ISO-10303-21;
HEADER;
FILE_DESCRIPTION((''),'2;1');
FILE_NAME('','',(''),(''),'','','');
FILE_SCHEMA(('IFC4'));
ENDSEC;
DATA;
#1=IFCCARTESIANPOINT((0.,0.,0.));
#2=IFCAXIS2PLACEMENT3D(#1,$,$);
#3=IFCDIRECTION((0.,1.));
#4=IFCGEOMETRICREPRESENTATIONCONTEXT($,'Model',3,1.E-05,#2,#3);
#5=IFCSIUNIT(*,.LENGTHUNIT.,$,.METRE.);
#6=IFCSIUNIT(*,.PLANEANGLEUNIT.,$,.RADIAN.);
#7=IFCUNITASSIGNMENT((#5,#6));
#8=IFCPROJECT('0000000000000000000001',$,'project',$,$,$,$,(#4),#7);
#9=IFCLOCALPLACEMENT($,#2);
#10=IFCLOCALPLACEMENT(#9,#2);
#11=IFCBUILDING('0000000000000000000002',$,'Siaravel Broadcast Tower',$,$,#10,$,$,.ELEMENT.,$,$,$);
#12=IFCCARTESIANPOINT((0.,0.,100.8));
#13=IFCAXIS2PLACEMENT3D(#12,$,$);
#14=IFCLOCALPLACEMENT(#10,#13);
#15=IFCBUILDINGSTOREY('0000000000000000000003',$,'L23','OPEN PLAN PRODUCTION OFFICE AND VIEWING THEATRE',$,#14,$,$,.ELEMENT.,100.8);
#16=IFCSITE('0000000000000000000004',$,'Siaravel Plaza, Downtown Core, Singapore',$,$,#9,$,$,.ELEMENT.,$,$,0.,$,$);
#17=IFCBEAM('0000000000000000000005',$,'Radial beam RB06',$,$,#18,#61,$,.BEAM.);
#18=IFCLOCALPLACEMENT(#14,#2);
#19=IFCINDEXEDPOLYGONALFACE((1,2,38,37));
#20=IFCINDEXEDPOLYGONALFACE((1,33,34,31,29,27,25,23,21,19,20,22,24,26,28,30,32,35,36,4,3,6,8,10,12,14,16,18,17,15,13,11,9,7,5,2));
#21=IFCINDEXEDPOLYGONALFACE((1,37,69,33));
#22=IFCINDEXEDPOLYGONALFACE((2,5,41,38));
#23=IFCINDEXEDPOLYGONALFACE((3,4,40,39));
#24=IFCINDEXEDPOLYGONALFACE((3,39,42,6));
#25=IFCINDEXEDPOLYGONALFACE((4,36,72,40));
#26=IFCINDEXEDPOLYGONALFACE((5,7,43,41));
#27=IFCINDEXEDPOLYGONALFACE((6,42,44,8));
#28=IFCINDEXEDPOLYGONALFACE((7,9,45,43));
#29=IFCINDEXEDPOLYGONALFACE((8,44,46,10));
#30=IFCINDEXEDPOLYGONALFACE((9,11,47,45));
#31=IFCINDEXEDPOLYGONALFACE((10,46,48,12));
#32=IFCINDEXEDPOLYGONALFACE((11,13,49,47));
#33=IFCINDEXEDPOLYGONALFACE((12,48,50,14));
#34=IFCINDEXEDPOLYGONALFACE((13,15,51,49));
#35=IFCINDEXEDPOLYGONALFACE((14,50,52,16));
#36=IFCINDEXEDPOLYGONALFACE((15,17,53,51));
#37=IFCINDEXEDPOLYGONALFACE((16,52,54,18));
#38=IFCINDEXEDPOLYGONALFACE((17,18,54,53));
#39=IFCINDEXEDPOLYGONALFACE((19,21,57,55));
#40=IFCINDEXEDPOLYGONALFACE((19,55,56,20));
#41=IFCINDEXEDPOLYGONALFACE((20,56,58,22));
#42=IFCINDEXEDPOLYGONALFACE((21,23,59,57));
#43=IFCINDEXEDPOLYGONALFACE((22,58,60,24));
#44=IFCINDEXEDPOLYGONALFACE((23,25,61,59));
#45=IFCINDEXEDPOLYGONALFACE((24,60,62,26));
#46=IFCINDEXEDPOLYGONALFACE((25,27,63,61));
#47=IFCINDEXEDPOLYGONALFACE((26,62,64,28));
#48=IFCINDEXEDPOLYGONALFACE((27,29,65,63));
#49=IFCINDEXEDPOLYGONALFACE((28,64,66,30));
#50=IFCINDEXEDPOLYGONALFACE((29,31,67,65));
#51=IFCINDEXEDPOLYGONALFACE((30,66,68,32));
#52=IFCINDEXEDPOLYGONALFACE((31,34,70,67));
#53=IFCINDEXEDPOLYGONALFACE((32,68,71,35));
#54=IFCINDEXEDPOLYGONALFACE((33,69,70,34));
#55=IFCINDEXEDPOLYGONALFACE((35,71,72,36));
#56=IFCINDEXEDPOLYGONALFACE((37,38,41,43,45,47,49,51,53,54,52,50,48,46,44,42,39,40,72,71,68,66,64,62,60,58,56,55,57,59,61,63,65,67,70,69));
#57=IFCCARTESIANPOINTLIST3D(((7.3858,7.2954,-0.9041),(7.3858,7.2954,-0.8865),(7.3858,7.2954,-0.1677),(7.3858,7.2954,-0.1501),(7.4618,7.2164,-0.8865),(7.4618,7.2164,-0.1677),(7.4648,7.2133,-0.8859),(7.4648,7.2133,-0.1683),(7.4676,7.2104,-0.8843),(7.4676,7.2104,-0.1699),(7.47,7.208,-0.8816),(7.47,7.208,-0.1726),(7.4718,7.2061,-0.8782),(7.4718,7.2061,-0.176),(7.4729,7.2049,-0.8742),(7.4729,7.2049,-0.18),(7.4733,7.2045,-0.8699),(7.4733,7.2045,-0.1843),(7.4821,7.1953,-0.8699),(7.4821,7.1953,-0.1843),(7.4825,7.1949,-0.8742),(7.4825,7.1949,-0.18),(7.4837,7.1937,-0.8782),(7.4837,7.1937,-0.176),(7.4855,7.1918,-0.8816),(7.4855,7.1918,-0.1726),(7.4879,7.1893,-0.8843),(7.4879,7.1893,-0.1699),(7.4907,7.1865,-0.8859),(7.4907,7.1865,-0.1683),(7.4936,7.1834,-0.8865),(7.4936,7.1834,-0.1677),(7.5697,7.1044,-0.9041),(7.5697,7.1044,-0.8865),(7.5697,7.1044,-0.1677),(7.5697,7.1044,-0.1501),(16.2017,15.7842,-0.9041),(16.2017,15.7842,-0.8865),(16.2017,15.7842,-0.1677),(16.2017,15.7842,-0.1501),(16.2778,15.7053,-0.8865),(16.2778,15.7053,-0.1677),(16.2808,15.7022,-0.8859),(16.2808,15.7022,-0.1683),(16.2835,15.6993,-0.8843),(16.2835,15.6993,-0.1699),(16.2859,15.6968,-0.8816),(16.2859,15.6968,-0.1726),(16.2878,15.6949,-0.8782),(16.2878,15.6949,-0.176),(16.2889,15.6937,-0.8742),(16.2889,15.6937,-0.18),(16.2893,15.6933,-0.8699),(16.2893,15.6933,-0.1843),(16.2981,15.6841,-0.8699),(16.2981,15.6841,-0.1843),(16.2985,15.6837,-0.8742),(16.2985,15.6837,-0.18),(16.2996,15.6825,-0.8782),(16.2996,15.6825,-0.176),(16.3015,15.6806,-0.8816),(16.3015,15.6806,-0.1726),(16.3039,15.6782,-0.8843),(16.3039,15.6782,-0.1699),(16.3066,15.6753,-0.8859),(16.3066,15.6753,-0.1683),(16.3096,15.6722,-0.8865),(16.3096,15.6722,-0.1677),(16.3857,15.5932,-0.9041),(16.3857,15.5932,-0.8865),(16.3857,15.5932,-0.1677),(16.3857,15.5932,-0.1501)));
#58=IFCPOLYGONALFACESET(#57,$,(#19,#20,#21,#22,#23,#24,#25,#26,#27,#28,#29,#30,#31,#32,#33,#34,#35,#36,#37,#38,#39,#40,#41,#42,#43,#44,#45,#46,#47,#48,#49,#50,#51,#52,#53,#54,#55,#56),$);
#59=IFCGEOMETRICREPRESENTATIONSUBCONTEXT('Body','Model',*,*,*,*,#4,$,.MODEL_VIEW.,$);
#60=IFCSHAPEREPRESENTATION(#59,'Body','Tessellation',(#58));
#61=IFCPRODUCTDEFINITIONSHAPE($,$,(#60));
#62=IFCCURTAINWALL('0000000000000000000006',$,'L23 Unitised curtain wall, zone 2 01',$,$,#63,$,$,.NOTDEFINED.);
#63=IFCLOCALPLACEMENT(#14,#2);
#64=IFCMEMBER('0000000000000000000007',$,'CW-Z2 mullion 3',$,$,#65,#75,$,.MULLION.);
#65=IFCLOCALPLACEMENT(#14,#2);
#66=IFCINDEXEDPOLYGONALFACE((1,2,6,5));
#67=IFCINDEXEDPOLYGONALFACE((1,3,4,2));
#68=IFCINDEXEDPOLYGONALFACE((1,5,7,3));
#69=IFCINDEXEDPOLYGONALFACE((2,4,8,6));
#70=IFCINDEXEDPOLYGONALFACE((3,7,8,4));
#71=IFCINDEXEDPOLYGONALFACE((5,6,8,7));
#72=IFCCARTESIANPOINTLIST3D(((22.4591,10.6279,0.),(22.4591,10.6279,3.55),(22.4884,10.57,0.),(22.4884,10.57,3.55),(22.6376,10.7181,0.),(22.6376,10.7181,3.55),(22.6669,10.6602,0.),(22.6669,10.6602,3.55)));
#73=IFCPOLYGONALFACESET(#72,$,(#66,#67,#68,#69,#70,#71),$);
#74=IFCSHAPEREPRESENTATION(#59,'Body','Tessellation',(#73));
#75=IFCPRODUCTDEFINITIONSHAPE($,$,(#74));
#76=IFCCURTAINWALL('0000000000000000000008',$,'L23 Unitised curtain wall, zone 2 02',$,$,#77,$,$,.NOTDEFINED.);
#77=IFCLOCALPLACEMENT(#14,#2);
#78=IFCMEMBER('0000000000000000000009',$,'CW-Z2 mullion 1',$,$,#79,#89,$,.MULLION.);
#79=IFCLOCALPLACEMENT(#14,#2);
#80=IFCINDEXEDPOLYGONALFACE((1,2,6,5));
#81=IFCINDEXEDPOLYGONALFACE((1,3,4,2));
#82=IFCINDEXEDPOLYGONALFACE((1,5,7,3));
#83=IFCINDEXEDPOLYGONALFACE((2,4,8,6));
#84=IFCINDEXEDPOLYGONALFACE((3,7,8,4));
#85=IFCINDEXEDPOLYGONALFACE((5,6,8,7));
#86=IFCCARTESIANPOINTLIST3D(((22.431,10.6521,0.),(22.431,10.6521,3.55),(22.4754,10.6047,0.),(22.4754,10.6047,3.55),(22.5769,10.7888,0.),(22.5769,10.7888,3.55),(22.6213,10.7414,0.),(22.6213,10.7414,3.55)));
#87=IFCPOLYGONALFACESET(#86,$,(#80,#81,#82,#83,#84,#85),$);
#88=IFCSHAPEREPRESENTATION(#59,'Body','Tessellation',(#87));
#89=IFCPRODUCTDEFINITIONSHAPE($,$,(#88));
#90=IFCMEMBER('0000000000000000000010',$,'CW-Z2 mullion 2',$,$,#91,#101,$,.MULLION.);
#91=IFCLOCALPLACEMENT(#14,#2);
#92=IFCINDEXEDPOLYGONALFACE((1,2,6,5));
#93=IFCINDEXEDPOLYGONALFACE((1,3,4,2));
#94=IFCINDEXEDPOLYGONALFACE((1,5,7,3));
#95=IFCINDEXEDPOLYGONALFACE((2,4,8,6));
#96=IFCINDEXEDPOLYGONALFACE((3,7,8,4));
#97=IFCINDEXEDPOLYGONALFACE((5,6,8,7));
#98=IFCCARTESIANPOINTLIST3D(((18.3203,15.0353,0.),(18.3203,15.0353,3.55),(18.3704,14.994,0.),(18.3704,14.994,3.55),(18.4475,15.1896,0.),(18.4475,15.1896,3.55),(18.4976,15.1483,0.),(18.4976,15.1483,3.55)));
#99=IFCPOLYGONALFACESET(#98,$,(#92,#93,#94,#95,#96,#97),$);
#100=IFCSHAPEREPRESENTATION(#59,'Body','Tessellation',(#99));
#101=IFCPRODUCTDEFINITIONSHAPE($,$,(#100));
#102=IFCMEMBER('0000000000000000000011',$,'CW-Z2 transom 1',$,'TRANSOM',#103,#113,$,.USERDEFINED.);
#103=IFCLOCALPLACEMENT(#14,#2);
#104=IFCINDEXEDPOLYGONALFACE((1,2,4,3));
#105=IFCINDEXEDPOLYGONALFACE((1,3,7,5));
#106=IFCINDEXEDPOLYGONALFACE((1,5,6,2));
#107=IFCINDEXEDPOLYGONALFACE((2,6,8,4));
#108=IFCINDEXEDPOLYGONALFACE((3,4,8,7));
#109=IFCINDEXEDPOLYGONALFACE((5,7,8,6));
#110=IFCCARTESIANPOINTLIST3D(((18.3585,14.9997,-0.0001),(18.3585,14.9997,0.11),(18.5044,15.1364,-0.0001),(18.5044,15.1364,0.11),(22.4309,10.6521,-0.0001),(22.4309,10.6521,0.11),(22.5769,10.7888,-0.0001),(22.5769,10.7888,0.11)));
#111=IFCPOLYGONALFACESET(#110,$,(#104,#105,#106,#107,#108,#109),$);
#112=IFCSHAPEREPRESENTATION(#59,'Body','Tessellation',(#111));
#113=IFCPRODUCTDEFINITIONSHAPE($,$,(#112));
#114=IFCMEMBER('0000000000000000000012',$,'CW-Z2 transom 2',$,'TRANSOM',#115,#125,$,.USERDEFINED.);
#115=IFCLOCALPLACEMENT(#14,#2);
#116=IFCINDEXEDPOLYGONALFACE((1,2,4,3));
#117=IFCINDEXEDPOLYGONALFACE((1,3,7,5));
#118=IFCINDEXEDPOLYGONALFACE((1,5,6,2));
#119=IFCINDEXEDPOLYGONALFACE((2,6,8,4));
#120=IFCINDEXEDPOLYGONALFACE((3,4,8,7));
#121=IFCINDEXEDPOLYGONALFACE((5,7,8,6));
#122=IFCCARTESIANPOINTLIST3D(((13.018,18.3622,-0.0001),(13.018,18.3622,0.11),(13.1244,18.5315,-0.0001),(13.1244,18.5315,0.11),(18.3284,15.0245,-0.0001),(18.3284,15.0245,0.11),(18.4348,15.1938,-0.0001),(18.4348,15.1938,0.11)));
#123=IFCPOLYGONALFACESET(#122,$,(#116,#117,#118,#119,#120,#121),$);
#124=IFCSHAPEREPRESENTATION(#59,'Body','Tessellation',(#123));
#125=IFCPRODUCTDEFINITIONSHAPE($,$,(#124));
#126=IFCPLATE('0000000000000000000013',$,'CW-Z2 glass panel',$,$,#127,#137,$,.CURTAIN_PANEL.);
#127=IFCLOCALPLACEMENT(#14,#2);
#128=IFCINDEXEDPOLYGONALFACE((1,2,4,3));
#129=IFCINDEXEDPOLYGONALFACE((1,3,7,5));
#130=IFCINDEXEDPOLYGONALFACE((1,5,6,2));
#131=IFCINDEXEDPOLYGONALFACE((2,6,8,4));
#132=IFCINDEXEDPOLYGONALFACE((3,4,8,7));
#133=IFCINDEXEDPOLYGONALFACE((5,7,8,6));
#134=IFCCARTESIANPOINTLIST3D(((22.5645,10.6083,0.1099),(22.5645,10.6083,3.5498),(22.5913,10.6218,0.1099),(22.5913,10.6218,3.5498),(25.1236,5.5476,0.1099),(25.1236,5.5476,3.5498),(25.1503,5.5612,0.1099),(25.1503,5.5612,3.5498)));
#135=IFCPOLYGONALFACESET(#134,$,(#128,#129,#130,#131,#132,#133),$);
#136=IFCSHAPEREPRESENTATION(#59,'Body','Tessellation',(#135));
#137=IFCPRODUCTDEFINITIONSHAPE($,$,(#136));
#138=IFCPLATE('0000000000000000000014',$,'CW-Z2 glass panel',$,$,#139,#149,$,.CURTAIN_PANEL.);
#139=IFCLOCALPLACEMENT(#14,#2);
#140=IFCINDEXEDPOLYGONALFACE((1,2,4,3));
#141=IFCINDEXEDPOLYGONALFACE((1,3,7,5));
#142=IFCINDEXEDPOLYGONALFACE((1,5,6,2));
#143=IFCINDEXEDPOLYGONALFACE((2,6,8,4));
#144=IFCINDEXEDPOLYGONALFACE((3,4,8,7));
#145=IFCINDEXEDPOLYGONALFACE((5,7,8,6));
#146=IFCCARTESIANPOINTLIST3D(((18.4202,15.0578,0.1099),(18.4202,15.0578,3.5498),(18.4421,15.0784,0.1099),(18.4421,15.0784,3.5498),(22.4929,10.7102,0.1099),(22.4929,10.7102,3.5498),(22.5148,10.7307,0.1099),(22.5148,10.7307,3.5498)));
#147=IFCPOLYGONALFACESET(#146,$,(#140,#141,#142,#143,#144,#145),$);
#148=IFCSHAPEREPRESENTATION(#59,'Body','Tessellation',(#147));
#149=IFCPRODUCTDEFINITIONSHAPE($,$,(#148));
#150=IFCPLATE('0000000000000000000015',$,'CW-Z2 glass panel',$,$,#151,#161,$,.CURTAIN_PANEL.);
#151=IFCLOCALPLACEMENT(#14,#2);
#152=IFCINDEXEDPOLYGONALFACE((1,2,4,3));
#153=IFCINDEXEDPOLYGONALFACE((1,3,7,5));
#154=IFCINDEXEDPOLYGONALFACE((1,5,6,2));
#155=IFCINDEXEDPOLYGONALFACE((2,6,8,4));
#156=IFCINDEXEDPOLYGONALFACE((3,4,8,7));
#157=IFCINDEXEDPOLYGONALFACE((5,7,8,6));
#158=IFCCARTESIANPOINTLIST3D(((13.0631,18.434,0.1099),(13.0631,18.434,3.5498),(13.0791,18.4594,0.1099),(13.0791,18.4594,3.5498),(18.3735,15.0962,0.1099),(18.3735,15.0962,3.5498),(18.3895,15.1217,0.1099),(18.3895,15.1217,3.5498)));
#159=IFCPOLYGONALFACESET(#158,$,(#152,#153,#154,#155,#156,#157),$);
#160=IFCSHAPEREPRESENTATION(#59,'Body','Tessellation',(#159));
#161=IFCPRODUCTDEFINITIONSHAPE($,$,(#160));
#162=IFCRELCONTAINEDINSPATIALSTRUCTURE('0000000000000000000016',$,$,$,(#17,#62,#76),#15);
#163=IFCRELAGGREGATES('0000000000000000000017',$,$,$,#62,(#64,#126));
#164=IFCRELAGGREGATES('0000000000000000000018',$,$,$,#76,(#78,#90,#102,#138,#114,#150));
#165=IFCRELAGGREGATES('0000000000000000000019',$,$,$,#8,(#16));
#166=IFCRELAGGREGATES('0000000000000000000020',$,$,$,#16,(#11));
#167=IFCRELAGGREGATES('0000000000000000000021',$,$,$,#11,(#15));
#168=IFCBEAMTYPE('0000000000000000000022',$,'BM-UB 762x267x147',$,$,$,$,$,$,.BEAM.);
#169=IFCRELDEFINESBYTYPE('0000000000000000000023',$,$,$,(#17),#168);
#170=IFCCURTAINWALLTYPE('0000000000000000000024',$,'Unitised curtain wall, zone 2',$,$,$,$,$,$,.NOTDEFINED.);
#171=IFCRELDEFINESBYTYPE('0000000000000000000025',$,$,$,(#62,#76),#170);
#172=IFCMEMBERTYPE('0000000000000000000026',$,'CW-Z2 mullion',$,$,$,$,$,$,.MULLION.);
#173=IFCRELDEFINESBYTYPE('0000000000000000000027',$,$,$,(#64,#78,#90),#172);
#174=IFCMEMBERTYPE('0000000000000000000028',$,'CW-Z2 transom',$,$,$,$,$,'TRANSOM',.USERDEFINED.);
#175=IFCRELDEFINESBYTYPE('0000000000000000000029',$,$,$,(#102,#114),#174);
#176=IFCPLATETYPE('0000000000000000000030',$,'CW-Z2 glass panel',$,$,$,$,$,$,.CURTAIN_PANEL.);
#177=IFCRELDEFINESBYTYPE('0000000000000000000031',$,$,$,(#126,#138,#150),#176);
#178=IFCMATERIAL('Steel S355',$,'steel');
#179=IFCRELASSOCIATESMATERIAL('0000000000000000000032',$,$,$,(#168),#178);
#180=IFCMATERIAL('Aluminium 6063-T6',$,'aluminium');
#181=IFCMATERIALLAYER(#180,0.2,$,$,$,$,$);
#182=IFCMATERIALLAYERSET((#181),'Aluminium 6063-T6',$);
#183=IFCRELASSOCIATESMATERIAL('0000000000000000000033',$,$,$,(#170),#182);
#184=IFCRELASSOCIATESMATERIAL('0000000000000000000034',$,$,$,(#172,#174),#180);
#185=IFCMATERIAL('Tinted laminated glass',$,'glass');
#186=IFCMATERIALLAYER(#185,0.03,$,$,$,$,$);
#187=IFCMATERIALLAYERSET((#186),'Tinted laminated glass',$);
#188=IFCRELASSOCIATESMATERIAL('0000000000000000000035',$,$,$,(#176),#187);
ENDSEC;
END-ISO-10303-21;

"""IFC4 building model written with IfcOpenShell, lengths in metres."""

from ifc_helpers import new_model, si_unit, direction, frame, origin, origin_2d, place, context, subcontext, project, spatial, rectangle, i_section, extrude, material, layer, layer_set, material_profile, profile_set, type_object, element, aggregate, save


model = new_model("IFC4")

# Units and contexts
model_context = context("Model", 3, precision=1e-05, world=origin(), true_north=direction((0.0, 1.0)))
body_context = subcontext(model_context, "Body", "Model", "MODEL_VIEW")
ifc_project = project(units=[si_unit("LENGTHUNIT", "METRE"), si_unit("PLANEANGLEUNIT", "RADIAN")], contexts=[model_context])

# Site, building, storey
site_placement = place(None, origin())
site = spatial("IfcSite", under=ifc_project, at=site_placement, Name="Siaravel Plaza, Downtown Core, Singapore", CompositionType="ELEMENT", RefElevation=0.0)
building_placement = place(site_placement, origin())
building = spatial("IfcBuilding", under=site, at=building_placement, Name="Siaravel Broadcast Tower", CompositionType="ELEMENT")
storey_placement = place(building_placement, frame((0.0, 0.0, 100.8)))
storey = spatial("IfcBuildingStorey", under=building, at=storey_placement, Name="L23", Description="OPEN PLAN PRODUCTION OFFICE AND VIEWING THEATRE", CompositionType="ELEMENT", Elevation=100.8)

# Beam
ifc_material_1 = material(Name="Steel S355", Category="steel")
ifc_material_profile_1 = material_profile(ifc_material_1, i_section(OverallWidth=0.2651, OverallDepth=0.7539, WebThickness=0.0127, FlangeThickness=0.0176, FilletRadius=0.0166, at=origin_2d()))
ifc_profile_set_1 = profile_set([ifc_material_profile_1], Name="Steel S355")
beam_type = type_object("IfcBeamType", Name="BM-UB 762x267x147", PredefinedType="BEAM", material=ifc_profile_set_1)
beam_1_placement = place(storey_placement, frame((16.2937, 15.6887, -0.5271), z_axis=(-0.720346, -0.693615, 0.0), x_axis=(0.693615, -0.720346, 0.0)))
element("IfcBeam", 1, at=beam_1_placement, inside=storey, type_object=beam_type, Name="Radial beam RB06", PredefinedType="BEAM", context=body_context, shape_type="SweptSolid", body=[
    extrude(i_section(OverallWidth=0.2651, OverallDepth=0.7539, WebThickness=0.0127, FlangeThickness=0.0176, FilletRadius=0.0166, at=origin_2d()), origin(), (0.0, 0.0, 1.0), 12.2385),
])

# Curtain wall, member
ifc_material_2 = material(Name="Aluminium 6063-T6", Category="aluminium")
ifc_layer_1 = layer(ifc_material_2, 0.2)
ifc_layer_set_1 = layer_set([ifc_layer_1], Name="Aluminium 6063-T6")
curtain_wall_type = type_object("IfcCurtainWallType", Name="Unitised curtain wall, zone 2", PredefinedType="NOTDEFINED", material=ifc_layer_set_1)
curtain_wall_1_placement = place(storey_placement, origin())
curtain_wall_1 = element("IfcCurtainWall", 2, at=curtain_wall_1_placement, inside=storey, type_object=curtain_wall_type, Name="L23 Unitised curtain wall, zone 2 01", PredefinedType="NOTDEFINED")
ifc_material_profile_2 = material_profile(ifc_material_2, rectangle(XDim=0.2, YDim=0.0649, at=origin_2d()))
ifc_profile_set_2 = profile_set([ifc_material_profile_2], Name="Aluminium 6063-T6")
member_type_1 = type_object("IfcMemberType", Name="CW-Z2 mullion", PredefinedType="MULLION", material=ifc_profile_set_2)
member_1_placement = place(storey_placement, frame((22.563, 10.644, 0.0), z_axis=(0.0, 0.0, 1.0), x_axis=(-0.892392, -0.451261, 0.0)))
member_1 = element("IfcMember", 3, at=member_1_placement, type_object=member_type_1, Name="CW-Z2 mullion 3", PredefinedType="MULLION", context=body_context, shape_type="SweptSolid", body=[
    extrude(rectangle(XDim=0.2, YDim=0.0649, at=origin_2d()), origin(), (0.0, 0.0, 1.0), 3.55),
])

# Curtain wall, members
curtain_wall_2_placement = place(storey_placement, origin())
curtain_wall_2 = element("IfcCurtainWall", 4, at=curtain_wall_2_placement, inside=storey, type_object=curtain_wall_type, Name="L23 Unitised curtain wall, zone 2 02", PredefinedType="NOTDEFINED")
member_2_placement = place(storey_placement, frame((22.5261, 10.6968, 0.0), z_axis=(0.0, 0.0, 1.0), x_axis=(-0.729805, -0.683656, 0.0)))
member_2 = element("IfcMember", 5, at=member_2_placement, type_object=member_type_1, Name="CW-Z2 mullion 1", PredefinedType="MULLION", context=body_context, shape_type="SweptSolid", body=[
    extrude(rectangle(XDim=0.2, YDim=0.0649, at=origin_2d()), origin(), (0.0, 0.0, 1.0), 3.55),
])
member_3_placement = place(storey_placement, frame((18.4089, 15.0918, 0.0), z_axis=(0.0, 0.0, 1.0), x_axis=(-0.636218, -0.771509, 0.0)))
member_3 = element("IfcMember", 6, at=member_3_placement, type_object=member_type_1, Name="CW-Z2 mullion 2", PredefinedType="MULLION", context=body_context, shape_type="SweptSolid", body=[
    extrude(rectangle(XDim=0.2, YDim=0.0649, at=origin_2d()), origin(), (0.0, 0.0, 1.0), 3.55),
])
ifc_material_profile_3 = material_profile(ifc_material_2, rectangle(XDim=0.2, YDim=0.1101, at=origin_2d()))
ifc_profile_set_3 = profile_set([ifc_material_profile_3], Name="Aluminium 6063-T6")
member_type_2 = type_object("IfcMemberType", Name="CW-Z2 transom", ElementType="TRANSOM", PredefinedType="USERDEFINED", material=ifc_profile_set_3)
member_4_placement = place(storey_placement, frame((22.5039, 10.7205, 0.0549), z_axis=(-0.683636, 0.729823, 0.0), x_axis=(-0.729823, -0.683636, 0.0)))
member_4 = element("IfcMember", 7, at=member_4_placement, type_object=member_type_2, Name="CW-Z2 transom 1", ObjectType="TRANSOM", PredefinedType="USERDEFINED", context=body_context, shape_type="SweptSolid", body=[
    extrude(rectangle(XDim=0.2, YDim=0.1101, at=origin_2d()), origin(), (0.0, 0.0, 1.0), 5.957),
])
member_5_placement = place(storey_placement, frame((18.3816, 15.1091, 0.0549), z_axis=(-0.846655, 0.532142, 0.0), x_axis=(-0.532142, -0.846655, 0.0)))
member_5 = element("IfcMember", 8, at=member_5_placement, type_object=member_type_2, Name="CW-Z2 transom 2", ObjectType="TRANSOM", PredefinedType="USERDEFINED", context=body_context, shape_type="SweptSolid", body=[
    extrude(rectangle(XDim=0.2, YDim=0.1101, at=origin_2d()), origin(), (0.0, 0.0, 1.0), 6.2722),
])

# Plates
ifc_material_3 = material(Name="Tinted laminated glass", Category="glass")
ifc_layer_2 = layer(ifc_material_3, 0.03)
ifc_layer_set_2 = layer_set([ifc_layer_2], Name="Tinted laminated glass")
plate_type = type_object("IfcPlateType", Name="CW-Z2 glass panel", PredefinedType="CURTAIN_PANEL", material=ifc_layer_set_2)
plate_1_placement = place(storey_placement, frame((23.8574, 8.0847, 0.1099), z_axis=(0.0, 0.0, 1.0), x_axis=(-0.451261, 0.892392, 0.0)))
plate_1 = element("IfcPlate", 9, at=plate_1_placement, type_object=plate_type, Name="CW-Z2 glass panel", PredefinedType="CURTAIN_PANEL", context=body_context, shape_type="SweptSolid", body=[
    extrude(rectangle(XDim=5.6709, YDim=0.03, at=origin_2d()), origin(), (0.0, 0.0, 1.0), 3.4399),
])
aggregate(curtain_wall_1, [member_1, plate_1])
plate_2_placement = place(storey_placement, frame((20.4675, 12.8943, 0.1099), z_axis=(0.0, 0.0, 1.0), x_axis=(-0.683656, 0.729805, 0.0)))
plate_2 = element("IfcPlate", 10, at=plate_2_placement, type_object=plate_type, Name="CW-Z2 glass panel", PredefinedType="CURTAIN_PANEL", context=body_context, shape_type="SweptSolid", body=[
    extrude(rectangle(XDim=5.9573, YDim=0.03, at=origin_2d()), origin(), (0.0, 0.0, 1.0), 3.4399),
])
plate_3_placement = place(storey_placement, frame((15.7263, 16.7778, 0.1099), z_axis=(0.0, 0.0, 1.0), x_axis=(-0.846651, 0.532149, 0.0)))
plate_3 = element("IfcPlate", 11, at=plate_3_placement, type_object=plate_type, Name="CW-Z2 glass panel", PredefinedType="CURTAIN_PANEL", context=body_context, shape_type="SweptSolid", body=[
    extrude(rectangle(XDim=6.2722, YDim=0.03, at=origin_2d()), origin(), (0.0, 0.0, 1.0), 3.4399),
])
aggregate(curtain_wall_2, [member_2, member_3, member_4, plate_2, member_5, plate_3])

save(model, "model.ifc")
